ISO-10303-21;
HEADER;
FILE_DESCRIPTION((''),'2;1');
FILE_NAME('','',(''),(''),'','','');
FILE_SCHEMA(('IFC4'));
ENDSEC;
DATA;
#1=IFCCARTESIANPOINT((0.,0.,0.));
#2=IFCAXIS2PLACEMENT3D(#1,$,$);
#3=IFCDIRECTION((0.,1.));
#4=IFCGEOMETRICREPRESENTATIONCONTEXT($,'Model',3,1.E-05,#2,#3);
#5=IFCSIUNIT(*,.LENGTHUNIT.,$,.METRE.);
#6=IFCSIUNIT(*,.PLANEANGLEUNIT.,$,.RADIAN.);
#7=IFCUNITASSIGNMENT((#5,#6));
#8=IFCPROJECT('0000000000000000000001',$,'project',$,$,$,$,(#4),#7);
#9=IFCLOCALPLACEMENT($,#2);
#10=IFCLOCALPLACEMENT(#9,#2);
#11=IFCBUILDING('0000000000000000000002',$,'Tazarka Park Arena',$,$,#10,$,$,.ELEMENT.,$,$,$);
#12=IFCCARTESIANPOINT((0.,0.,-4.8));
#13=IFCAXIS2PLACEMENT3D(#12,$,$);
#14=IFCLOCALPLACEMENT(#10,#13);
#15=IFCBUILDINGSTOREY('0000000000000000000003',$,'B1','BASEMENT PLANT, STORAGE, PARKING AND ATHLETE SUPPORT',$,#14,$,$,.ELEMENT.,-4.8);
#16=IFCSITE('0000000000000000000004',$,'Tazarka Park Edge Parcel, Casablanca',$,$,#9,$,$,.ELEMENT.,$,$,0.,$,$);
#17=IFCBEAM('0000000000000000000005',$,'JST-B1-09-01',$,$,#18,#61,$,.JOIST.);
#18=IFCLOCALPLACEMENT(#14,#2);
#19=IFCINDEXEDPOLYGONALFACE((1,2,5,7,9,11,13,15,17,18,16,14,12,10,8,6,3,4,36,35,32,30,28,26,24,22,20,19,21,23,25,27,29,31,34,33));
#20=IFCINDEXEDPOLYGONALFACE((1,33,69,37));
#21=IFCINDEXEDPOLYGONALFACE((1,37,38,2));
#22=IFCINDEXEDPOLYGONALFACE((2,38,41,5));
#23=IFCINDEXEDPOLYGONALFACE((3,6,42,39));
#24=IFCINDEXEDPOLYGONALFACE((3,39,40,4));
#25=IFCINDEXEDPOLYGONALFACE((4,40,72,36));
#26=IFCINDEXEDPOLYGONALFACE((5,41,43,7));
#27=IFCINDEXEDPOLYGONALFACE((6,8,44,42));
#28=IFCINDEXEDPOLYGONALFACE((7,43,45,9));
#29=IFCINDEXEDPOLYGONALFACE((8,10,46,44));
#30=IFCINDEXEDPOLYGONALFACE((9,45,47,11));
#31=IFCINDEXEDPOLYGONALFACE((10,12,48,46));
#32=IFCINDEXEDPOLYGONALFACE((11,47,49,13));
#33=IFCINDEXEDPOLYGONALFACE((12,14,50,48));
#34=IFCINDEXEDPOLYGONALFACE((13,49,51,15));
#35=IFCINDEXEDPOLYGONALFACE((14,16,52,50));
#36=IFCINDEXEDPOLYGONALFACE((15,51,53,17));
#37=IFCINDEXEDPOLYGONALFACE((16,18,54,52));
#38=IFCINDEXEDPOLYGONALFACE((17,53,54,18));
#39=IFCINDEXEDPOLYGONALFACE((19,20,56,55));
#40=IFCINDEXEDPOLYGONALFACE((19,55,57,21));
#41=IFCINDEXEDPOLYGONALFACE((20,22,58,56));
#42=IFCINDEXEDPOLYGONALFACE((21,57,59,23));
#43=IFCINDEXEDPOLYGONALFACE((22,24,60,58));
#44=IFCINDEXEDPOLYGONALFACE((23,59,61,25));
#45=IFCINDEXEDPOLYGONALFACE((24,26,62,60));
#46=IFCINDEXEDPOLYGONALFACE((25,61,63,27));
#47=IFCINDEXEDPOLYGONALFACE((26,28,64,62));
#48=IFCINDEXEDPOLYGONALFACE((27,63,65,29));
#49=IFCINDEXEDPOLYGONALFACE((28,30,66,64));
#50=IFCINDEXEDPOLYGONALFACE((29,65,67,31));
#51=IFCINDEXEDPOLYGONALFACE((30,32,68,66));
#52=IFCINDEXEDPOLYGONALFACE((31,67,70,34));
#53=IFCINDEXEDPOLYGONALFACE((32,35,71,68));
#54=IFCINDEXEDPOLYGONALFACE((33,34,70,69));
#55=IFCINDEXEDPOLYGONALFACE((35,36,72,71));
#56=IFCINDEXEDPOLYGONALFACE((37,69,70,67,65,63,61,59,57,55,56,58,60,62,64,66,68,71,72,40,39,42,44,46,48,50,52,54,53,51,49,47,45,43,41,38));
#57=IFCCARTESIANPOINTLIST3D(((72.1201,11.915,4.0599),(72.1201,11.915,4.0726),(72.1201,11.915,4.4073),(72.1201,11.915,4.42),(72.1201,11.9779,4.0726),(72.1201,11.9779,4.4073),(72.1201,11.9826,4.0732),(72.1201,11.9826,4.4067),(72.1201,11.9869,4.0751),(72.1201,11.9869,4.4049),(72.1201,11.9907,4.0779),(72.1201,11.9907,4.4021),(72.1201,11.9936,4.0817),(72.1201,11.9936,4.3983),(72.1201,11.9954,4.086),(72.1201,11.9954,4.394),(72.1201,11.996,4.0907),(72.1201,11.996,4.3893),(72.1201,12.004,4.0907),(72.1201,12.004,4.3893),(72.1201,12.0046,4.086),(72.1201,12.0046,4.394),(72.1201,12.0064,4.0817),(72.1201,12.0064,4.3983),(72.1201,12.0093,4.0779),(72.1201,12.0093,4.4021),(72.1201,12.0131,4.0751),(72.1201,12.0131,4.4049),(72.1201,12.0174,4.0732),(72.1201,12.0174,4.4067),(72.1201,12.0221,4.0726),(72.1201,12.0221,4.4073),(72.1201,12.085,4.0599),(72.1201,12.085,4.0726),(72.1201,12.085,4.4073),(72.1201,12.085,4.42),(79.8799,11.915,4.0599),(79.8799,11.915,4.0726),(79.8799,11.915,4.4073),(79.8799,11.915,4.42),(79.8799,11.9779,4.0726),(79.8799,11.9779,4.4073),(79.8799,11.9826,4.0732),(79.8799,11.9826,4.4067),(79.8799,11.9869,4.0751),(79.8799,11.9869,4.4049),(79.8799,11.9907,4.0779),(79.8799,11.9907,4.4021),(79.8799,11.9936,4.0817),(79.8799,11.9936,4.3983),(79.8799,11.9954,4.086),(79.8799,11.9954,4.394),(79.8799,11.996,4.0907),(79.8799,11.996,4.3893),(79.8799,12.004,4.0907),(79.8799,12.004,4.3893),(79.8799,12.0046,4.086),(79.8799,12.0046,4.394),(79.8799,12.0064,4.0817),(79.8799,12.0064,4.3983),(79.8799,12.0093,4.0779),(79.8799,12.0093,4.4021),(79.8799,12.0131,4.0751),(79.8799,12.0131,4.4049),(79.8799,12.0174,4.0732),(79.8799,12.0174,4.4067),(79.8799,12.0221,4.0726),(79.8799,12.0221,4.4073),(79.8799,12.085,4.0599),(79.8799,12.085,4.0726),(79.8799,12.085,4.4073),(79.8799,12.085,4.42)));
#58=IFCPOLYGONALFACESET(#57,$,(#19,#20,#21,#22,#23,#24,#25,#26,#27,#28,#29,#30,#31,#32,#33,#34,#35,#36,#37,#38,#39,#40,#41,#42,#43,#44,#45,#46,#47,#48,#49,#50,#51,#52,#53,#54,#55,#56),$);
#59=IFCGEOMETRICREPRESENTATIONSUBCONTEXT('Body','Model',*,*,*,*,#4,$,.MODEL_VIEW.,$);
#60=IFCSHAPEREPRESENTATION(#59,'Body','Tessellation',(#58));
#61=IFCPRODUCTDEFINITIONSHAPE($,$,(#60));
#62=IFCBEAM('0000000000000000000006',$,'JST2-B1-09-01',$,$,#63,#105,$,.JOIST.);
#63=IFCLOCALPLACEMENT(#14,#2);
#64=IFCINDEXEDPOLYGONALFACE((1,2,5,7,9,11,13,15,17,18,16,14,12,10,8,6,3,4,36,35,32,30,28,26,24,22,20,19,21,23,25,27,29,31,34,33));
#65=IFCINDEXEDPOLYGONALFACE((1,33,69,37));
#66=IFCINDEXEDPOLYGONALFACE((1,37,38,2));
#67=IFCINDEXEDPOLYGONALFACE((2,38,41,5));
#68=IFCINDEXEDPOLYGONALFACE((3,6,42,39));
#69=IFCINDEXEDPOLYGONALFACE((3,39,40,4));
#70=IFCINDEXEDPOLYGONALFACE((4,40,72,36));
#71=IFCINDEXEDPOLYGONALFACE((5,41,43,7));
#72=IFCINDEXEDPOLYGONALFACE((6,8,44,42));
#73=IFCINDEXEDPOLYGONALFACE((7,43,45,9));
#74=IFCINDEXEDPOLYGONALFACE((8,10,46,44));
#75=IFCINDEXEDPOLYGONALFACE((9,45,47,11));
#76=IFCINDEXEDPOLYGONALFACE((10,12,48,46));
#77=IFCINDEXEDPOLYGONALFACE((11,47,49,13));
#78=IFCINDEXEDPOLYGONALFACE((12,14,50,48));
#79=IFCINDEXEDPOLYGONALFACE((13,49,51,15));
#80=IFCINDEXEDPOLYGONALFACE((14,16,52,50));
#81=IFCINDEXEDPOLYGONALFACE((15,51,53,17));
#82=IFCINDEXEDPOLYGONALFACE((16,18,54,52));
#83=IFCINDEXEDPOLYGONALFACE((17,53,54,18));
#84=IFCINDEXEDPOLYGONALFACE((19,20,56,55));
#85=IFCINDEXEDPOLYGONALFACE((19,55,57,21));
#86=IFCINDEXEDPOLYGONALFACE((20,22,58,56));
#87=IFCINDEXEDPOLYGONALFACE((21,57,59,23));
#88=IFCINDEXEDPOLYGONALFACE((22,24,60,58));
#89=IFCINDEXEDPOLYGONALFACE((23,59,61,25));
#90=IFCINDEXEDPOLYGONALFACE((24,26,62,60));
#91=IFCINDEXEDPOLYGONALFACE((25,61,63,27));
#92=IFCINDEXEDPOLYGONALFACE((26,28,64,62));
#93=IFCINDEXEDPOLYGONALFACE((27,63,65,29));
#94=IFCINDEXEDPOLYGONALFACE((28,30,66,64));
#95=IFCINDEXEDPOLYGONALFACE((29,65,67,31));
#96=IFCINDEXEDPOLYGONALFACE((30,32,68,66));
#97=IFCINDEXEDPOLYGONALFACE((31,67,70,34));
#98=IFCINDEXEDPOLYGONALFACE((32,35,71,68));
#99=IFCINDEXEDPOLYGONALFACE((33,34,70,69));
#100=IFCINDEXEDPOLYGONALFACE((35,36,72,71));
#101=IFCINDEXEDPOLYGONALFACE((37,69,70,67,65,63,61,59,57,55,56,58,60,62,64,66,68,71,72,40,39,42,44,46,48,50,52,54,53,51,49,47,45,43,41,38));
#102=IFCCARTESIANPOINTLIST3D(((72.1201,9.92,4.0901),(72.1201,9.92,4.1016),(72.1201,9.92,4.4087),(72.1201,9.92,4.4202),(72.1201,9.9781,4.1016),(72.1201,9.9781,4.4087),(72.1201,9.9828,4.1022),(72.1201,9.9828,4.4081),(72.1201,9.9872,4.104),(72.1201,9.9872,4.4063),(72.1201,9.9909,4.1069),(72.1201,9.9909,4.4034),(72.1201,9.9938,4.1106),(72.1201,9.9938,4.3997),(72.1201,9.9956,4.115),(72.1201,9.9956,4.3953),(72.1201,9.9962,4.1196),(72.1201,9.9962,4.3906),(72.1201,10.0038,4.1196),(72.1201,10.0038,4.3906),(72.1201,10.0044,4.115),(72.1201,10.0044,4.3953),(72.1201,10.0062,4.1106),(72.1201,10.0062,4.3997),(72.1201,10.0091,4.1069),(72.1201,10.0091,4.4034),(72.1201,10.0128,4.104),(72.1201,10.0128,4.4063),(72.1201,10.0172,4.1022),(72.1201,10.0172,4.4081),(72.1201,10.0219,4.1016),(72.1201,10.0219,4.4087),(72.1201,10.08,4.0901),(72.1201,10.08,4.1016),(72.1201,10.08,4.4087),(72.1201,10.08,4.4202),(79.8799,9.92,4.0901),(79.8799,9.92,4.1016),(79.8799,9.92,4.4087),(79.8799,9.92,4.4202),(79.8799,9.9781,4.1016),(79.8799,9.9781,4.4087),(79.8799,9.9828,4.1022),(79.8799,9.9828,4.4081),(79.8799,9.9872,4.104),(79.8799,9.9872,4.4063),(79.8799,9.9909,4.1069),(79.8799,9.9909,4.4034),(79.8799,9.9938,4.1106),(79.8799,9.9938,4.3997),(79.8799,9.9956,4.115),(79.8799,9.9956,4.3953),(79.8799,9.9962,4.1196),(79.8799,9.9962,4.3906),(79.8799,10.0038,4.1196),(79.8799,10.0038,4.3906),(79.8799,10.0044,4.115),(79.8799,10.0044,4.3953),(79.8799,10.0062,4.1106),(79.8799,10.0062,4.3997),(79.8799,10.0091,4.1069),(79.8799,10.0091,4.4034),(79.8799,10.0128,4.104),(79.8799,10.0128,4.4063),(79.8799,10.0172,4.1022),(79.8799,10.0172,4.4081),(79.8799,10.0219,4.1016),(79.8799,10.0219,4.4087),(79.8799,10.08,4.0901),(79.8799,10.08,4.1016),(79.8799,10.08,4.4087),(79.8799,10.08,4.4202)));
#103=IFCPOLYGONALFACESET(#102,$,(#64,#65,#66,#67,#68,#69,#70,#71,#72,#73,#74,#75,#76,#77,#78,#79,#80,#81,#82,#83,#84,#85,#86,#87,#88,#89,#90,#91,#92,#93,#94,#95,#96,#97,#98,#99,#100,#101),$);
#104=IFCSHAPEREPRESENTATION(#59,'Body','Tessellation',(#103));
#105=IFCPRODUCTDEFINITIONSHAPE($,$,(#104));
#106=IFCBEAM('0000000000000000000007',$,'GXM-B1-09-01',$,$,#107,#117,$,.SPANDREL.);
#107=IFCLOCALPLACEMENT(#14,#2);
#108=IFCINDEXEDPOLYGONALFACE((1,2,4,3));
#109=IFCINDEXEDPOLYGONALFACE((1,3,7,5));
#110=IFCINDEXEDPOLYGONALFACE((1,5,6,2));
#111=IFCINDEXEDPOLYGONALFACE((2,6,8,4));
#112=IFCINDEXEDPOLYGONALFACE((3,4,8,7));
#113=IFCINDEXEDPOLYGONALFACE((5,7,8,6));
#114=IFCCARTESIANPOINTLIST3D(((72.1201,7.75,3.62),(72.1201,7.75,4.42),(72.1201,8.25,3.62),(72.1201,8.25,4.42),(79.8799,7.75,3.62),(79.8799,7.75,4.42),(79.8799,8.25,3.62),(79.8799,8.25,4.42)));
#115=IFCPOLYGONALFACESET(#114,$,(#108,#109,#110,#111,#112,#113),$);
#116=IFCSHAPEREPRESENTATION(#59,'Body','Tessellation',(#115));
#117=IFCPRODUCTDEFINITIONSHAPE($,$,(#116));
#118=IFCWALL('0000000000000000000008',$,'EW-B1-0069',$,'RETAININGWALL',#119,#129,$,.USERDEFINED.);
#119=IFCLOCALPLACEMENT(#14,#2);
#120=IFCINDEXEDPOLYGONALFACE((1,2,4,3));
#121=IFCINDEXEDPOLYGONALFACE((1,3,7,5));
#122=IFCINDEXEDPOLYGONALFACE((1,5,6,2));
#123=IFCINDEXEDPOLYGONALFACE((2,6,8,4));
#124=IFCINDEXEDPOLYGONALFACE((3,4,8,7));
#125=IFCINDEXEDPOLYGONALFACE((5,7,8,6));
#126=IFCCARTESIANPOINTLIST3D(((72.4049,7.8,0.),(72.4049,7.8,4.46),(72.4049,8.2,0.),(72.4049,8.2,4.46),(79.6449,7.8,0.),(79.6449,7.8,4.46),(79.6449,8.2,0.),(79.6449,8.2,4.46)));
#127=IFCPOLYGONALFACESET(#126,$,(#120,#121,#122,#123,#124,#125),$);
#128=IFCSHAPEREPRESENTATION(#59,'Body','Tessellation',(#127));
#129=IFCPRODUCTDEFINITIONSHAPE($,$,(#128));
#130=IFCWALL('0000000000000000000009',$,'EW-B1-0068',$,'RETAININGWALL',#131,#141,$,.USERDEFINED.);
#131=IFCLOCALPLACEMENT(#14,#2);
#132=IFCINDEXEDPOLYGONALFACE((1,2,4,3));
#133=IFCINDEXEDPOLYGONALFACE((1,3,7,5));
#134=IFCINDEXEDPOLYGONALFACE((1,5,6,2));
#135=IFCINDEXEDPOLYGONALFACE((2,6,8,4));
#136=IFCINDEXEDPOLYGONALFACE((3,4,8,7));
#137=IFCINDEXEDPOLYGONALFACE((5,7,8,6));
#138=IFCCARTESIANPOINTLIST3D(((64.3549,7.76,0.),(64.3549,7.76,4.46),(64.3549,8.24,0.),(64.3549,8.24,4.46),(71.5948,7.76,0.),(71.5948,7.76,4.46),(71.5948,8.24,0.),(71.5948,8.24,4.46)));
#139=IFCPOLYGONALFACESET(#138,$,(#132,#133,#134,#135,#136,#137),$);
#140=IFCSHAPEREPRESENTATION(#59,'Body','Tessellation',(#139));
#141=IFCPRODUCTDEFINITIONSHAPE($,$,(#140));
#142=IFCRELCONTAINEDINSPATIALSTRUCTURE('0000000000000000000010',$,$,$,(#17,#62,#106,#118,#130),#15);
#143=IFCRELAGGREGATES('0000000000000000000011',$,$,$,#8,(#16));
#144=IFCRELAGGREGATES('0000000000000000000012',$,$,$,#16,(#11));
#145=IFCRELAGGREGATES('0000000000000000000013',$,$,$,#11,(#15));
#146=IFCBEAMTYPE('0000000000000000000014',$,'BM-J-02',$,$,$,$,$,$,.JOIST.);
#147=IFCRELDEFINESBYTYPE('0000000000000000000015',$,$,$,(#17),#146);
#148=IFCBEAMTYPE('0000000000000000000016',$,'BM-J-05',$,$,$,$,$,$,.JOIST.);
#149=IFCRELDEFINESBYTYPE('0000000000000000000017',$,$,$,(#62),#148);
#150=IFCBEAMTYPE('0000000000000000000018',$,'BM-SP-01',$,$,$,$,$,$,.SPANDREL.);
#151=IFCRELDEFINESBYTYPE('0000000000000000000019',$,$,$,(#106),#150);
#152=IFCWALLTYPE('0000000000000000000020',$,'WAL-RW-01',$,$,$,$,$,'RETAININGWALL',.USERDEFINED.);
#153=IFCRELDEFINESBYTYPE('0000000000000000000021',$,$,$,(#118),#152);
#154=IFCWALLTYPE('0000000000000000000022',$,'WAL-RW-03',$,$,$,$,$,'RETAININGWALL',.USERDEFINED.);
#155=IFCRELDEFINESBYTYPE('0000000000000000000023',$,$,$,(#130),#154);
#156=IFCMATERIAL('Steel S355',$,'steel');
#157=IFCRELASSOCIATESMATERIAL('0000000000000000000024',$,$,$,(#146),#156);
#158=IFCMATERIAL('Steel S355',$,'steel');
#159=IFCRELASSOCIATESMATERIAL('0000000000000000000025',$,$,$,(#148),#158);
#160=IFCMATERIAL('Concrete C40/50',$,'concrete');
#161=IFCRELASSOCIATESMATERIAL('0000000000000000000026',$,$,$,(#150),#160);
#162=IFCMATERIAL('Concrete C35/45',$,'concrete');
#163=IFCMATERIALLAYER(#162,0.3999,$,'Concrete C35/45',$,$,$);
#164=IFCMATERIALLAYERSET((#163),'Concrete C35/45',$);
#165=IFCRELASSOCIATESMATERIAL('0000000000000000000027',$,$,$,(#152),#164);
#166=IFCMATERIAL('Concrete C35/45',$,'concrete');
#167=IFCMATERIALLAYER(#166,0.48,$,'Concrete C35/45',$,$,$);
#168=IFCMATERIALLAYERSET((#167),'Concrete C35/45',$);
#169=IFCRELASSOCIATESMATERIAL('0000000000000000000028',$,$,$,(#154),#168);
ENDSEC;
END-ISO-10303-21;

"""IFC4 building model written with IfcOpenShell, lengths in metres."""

from ifc_helpers import new_model, si_unit, direction, frame, frame_2d, origin, origin_2d, place, context, subcontext, project, spatial, rectangle, i_section, extrude, material, layer, layer_set, material_profile, profile_set, type_object, element, save


model = new_model("IFC4")

# Units and contexts
model_context = context("Model", 3, precision=1e-05, world=origin(), true_north=direction((0.0, 1.0)))
body_context = subcontext(model_context, "Body", "Model", "MODEL_VIEW")
ifc_project = project(units=[si_unit("LENGTHUNIT", "METRE"), si_unit("PLANEANGLEUNIT", "RADIAN")], contexts=[model_context])

# Site, building, storey
site_placement = place(None, origin())
site = spatial("IfcSite", under=ifc_project, at=site_placement, Name="Tazarka Park Edge Parcel, Casablanca", CompositionType="ELEMENT", RefElevation=0.0)
building_placement = place(site_placement, origin())
building = spatial("IfcBuilding", under=site, at=building_placement, Name="Tazarka Park Arena", CompositionType="ELEMENT")
storey_placement = place(building_placement, frame((0.0, 0.0, -4.8)))
storey = spatial("IfcBuildingStorey", under=building, at=storey_placement, Name="B1", Description="BASEMENT PLANT, STORAGE, PARKING AND ATHLETE SUPPORT", CompositionType="ELEMENT", Elevation=-4.8)

# Beams
ifc_material_1 = material(Name="Steel S355", Category="steel")
ifc_material_profile_1 = material_profile(ifc_material_1, i_section(OverallWidth=0.1699, OverallDepth=0.3601, WebThickness=0.0081, FlangeThickness=0.0127, FilletRadius=0.0181, at=origin_2d()), Name="Steel S355")
ifc_profile_set_1 = profile_set([ifc_material_profile_1], Name="Steel S355")
beam_type_1 = type_object("IfcBeamType", Name="BM-J-02", PredefinedType="JOIST", material=ifc_profile_set_1)
beam_1_placement = place(storey_placement, frame((72.1201, 12.0, 4.24), z_axis=(1.0, 0.0, 0.0), x_axis=(0.0, 1.0, 0.0)))
element("IfcBeam", 1, at=beam_1_placement, inside=storey, type_object=beam_type_1, Name="JST-B1-09-01", PredefinedType="JOIST", context=body_context, shape_type="SweptSolid", body=[
    extrude(i_section(OverallWidth=0.1699, OverallDepth=0.3601, WebThickness=0.0081, FlangeThickness=0.0127, FilletRadius=0.0181, at=origin_2d()), origin(), (0.0, 0.0, 1.0), 7.7598),
])
ifc_material_2 = material(Name="Steel S355", Category="steel")
ifc_material_profile_2 = material_profile(ifc_material_2, i_section(OverallWidth=0.1599, OverallDepth=0.3301, WebThickness=0.0076, FlangeThickness=0.0115, FilletRadius=0.0181, at=origin_2d()), Name="Steel S355")
ifc_profile_set_2 = profile_set([ifc_material_profile_2], Name="Steel S355")
beam_type_2 = type_object("IfcBeamType", Name="BM-J-05", PredefinedType="JOIST", material=ifc_profile_set_2)
beam_2_placement = place(storey_placement, frame((72.1201, 10.0, 4.2551), z_axis=(1.0, 0.0, 0.0), x_axis=(0.0, 1.0, 0.0)))
element("IfcBeam", 2, at=beam_2_placement, inside=storey, type_object=beam_type_2, Name="JST2-B1-09-01", PredefinedType="JOIST", context=body_context, shape_type="SweptSolid", body=[
    extrude(i_section(OverallWidth=0.1599, OverallDepth=0.3301, WebThickness=0.0076, FlangeThickness=0.0115, FilletRadius=0.0181, at=origin_2d()), origin(), (0.0, 0.0, 1.0), 7.7598),
])
ifc_material_3 = material(Name="Concrete C40/50", Category="concrete")
ifc_material_profile_3 = material_profile(ifc_material_3, rectangle(XDim=0.5, YDim=0.8, at=origin_2d()), Name="Concrete C40/50")
ifc_profile_set_3 = profile_set([ifc_material_profile_3], Name="Concrete C40/50")
beam_type_3 = type_object("IfcBeamType", Name="BM-SP-01", PredefinedType="SPANDREL", material=ifc_profile_set_3)
beam_3_placement = place(storey_placement, frame((72.1201, 8.0, 4.02), z_axis=(1.0, 0.0, 0.0), x_axis=(0.0, 1.0, 0.0)))
element("IfcBeam", 3, at=beam_3_placement, inside=storey, type_object=beam_type_3, Name="GXM-B1-09-01", PredefinedType="SPANDREL", context=body_context, shape_type="SweptSolid", body=[
    extrude(rectangle(XDim=0.5, YDim=0.8, at=origin_2d()), origin(), (0.0, 0.0, 1.0), 7.7598),
])

# Walls
ifc_material_4 = material(Name="Concrete C35/45", Category="concrete")
ifc_layer_1 = layer(ifc_material_4, 0.3999, Name="Concrete C35/45")
ifc_layer_set_1 = layer_set([ifc_layer_1], Name="Concrete C35/45")
wall_type_1 = type_object("IfcWallType", Name="WAL-RW-01", ElementType="RETAININGWALL", PredefinedType="USERDEFINED", material=ifc_layer_set_1)
wall_1_placement = place(storey_placement, frame((79.645, 8.0, 0.0), z_axis=(0.0, 0.0, 1.0), x_axis=(-1.0, 0.0, 0.0)))
element("IfcWall", 4, at=wall_1_placement, inside=storey, type_object=wall_type_1, Name="EW-B1-0069", ObjectType="RETAININGWALL", PredefinedType="USERDEFINED", context=body_context, shape_type="SweptSolid", body=[
    extrude(rectangle(XDim=7.24, YDim=0.3999, at=frame_2d((3.6201, 0.0))), origin(), (0.0, 0.0, 1.0), 4.46),
])
ifc_material_5 = material(Name="Concrete C35/45", Category="concrete")
ifc_layer_2 = layer(ifc_material_5, 0.48, Name="Concrete C35/45")
ifc_layer_set_2 = layer_set([ifc_layer_2], Name="Concrete C35/45")
wall_type_2 = type_object("IfcWallType", Name="WAL-RW-03", ElementType="RETAININGWALL", PredefinedType="USERDEFINED", material=ifc_layer_set_2)
wall_2_placement = place(storey_placement, frame((71.595, 8.0, 0.0), z_axis=(0.0, 0.0, 1.0), x_axis=(-1.0, 0.0, 0.0)))
element("IfcWall", 5, at=wall_2_placement, inside=storey, type_object=wall_type_2, Name="EW-B1-0068", ObjectType="RETAININGWALL", PredefinedType="USERDEFINED", context=body_context, shape_type="SweptSolid", body=[
    extrude(rectangle(XDim=7.24, YDim=0.48, at=frame_2d((3.6201, 0.0))), origin(), (0.0, 0.0, 1.0), 4.46),
])

save(model, "model.ifc")
